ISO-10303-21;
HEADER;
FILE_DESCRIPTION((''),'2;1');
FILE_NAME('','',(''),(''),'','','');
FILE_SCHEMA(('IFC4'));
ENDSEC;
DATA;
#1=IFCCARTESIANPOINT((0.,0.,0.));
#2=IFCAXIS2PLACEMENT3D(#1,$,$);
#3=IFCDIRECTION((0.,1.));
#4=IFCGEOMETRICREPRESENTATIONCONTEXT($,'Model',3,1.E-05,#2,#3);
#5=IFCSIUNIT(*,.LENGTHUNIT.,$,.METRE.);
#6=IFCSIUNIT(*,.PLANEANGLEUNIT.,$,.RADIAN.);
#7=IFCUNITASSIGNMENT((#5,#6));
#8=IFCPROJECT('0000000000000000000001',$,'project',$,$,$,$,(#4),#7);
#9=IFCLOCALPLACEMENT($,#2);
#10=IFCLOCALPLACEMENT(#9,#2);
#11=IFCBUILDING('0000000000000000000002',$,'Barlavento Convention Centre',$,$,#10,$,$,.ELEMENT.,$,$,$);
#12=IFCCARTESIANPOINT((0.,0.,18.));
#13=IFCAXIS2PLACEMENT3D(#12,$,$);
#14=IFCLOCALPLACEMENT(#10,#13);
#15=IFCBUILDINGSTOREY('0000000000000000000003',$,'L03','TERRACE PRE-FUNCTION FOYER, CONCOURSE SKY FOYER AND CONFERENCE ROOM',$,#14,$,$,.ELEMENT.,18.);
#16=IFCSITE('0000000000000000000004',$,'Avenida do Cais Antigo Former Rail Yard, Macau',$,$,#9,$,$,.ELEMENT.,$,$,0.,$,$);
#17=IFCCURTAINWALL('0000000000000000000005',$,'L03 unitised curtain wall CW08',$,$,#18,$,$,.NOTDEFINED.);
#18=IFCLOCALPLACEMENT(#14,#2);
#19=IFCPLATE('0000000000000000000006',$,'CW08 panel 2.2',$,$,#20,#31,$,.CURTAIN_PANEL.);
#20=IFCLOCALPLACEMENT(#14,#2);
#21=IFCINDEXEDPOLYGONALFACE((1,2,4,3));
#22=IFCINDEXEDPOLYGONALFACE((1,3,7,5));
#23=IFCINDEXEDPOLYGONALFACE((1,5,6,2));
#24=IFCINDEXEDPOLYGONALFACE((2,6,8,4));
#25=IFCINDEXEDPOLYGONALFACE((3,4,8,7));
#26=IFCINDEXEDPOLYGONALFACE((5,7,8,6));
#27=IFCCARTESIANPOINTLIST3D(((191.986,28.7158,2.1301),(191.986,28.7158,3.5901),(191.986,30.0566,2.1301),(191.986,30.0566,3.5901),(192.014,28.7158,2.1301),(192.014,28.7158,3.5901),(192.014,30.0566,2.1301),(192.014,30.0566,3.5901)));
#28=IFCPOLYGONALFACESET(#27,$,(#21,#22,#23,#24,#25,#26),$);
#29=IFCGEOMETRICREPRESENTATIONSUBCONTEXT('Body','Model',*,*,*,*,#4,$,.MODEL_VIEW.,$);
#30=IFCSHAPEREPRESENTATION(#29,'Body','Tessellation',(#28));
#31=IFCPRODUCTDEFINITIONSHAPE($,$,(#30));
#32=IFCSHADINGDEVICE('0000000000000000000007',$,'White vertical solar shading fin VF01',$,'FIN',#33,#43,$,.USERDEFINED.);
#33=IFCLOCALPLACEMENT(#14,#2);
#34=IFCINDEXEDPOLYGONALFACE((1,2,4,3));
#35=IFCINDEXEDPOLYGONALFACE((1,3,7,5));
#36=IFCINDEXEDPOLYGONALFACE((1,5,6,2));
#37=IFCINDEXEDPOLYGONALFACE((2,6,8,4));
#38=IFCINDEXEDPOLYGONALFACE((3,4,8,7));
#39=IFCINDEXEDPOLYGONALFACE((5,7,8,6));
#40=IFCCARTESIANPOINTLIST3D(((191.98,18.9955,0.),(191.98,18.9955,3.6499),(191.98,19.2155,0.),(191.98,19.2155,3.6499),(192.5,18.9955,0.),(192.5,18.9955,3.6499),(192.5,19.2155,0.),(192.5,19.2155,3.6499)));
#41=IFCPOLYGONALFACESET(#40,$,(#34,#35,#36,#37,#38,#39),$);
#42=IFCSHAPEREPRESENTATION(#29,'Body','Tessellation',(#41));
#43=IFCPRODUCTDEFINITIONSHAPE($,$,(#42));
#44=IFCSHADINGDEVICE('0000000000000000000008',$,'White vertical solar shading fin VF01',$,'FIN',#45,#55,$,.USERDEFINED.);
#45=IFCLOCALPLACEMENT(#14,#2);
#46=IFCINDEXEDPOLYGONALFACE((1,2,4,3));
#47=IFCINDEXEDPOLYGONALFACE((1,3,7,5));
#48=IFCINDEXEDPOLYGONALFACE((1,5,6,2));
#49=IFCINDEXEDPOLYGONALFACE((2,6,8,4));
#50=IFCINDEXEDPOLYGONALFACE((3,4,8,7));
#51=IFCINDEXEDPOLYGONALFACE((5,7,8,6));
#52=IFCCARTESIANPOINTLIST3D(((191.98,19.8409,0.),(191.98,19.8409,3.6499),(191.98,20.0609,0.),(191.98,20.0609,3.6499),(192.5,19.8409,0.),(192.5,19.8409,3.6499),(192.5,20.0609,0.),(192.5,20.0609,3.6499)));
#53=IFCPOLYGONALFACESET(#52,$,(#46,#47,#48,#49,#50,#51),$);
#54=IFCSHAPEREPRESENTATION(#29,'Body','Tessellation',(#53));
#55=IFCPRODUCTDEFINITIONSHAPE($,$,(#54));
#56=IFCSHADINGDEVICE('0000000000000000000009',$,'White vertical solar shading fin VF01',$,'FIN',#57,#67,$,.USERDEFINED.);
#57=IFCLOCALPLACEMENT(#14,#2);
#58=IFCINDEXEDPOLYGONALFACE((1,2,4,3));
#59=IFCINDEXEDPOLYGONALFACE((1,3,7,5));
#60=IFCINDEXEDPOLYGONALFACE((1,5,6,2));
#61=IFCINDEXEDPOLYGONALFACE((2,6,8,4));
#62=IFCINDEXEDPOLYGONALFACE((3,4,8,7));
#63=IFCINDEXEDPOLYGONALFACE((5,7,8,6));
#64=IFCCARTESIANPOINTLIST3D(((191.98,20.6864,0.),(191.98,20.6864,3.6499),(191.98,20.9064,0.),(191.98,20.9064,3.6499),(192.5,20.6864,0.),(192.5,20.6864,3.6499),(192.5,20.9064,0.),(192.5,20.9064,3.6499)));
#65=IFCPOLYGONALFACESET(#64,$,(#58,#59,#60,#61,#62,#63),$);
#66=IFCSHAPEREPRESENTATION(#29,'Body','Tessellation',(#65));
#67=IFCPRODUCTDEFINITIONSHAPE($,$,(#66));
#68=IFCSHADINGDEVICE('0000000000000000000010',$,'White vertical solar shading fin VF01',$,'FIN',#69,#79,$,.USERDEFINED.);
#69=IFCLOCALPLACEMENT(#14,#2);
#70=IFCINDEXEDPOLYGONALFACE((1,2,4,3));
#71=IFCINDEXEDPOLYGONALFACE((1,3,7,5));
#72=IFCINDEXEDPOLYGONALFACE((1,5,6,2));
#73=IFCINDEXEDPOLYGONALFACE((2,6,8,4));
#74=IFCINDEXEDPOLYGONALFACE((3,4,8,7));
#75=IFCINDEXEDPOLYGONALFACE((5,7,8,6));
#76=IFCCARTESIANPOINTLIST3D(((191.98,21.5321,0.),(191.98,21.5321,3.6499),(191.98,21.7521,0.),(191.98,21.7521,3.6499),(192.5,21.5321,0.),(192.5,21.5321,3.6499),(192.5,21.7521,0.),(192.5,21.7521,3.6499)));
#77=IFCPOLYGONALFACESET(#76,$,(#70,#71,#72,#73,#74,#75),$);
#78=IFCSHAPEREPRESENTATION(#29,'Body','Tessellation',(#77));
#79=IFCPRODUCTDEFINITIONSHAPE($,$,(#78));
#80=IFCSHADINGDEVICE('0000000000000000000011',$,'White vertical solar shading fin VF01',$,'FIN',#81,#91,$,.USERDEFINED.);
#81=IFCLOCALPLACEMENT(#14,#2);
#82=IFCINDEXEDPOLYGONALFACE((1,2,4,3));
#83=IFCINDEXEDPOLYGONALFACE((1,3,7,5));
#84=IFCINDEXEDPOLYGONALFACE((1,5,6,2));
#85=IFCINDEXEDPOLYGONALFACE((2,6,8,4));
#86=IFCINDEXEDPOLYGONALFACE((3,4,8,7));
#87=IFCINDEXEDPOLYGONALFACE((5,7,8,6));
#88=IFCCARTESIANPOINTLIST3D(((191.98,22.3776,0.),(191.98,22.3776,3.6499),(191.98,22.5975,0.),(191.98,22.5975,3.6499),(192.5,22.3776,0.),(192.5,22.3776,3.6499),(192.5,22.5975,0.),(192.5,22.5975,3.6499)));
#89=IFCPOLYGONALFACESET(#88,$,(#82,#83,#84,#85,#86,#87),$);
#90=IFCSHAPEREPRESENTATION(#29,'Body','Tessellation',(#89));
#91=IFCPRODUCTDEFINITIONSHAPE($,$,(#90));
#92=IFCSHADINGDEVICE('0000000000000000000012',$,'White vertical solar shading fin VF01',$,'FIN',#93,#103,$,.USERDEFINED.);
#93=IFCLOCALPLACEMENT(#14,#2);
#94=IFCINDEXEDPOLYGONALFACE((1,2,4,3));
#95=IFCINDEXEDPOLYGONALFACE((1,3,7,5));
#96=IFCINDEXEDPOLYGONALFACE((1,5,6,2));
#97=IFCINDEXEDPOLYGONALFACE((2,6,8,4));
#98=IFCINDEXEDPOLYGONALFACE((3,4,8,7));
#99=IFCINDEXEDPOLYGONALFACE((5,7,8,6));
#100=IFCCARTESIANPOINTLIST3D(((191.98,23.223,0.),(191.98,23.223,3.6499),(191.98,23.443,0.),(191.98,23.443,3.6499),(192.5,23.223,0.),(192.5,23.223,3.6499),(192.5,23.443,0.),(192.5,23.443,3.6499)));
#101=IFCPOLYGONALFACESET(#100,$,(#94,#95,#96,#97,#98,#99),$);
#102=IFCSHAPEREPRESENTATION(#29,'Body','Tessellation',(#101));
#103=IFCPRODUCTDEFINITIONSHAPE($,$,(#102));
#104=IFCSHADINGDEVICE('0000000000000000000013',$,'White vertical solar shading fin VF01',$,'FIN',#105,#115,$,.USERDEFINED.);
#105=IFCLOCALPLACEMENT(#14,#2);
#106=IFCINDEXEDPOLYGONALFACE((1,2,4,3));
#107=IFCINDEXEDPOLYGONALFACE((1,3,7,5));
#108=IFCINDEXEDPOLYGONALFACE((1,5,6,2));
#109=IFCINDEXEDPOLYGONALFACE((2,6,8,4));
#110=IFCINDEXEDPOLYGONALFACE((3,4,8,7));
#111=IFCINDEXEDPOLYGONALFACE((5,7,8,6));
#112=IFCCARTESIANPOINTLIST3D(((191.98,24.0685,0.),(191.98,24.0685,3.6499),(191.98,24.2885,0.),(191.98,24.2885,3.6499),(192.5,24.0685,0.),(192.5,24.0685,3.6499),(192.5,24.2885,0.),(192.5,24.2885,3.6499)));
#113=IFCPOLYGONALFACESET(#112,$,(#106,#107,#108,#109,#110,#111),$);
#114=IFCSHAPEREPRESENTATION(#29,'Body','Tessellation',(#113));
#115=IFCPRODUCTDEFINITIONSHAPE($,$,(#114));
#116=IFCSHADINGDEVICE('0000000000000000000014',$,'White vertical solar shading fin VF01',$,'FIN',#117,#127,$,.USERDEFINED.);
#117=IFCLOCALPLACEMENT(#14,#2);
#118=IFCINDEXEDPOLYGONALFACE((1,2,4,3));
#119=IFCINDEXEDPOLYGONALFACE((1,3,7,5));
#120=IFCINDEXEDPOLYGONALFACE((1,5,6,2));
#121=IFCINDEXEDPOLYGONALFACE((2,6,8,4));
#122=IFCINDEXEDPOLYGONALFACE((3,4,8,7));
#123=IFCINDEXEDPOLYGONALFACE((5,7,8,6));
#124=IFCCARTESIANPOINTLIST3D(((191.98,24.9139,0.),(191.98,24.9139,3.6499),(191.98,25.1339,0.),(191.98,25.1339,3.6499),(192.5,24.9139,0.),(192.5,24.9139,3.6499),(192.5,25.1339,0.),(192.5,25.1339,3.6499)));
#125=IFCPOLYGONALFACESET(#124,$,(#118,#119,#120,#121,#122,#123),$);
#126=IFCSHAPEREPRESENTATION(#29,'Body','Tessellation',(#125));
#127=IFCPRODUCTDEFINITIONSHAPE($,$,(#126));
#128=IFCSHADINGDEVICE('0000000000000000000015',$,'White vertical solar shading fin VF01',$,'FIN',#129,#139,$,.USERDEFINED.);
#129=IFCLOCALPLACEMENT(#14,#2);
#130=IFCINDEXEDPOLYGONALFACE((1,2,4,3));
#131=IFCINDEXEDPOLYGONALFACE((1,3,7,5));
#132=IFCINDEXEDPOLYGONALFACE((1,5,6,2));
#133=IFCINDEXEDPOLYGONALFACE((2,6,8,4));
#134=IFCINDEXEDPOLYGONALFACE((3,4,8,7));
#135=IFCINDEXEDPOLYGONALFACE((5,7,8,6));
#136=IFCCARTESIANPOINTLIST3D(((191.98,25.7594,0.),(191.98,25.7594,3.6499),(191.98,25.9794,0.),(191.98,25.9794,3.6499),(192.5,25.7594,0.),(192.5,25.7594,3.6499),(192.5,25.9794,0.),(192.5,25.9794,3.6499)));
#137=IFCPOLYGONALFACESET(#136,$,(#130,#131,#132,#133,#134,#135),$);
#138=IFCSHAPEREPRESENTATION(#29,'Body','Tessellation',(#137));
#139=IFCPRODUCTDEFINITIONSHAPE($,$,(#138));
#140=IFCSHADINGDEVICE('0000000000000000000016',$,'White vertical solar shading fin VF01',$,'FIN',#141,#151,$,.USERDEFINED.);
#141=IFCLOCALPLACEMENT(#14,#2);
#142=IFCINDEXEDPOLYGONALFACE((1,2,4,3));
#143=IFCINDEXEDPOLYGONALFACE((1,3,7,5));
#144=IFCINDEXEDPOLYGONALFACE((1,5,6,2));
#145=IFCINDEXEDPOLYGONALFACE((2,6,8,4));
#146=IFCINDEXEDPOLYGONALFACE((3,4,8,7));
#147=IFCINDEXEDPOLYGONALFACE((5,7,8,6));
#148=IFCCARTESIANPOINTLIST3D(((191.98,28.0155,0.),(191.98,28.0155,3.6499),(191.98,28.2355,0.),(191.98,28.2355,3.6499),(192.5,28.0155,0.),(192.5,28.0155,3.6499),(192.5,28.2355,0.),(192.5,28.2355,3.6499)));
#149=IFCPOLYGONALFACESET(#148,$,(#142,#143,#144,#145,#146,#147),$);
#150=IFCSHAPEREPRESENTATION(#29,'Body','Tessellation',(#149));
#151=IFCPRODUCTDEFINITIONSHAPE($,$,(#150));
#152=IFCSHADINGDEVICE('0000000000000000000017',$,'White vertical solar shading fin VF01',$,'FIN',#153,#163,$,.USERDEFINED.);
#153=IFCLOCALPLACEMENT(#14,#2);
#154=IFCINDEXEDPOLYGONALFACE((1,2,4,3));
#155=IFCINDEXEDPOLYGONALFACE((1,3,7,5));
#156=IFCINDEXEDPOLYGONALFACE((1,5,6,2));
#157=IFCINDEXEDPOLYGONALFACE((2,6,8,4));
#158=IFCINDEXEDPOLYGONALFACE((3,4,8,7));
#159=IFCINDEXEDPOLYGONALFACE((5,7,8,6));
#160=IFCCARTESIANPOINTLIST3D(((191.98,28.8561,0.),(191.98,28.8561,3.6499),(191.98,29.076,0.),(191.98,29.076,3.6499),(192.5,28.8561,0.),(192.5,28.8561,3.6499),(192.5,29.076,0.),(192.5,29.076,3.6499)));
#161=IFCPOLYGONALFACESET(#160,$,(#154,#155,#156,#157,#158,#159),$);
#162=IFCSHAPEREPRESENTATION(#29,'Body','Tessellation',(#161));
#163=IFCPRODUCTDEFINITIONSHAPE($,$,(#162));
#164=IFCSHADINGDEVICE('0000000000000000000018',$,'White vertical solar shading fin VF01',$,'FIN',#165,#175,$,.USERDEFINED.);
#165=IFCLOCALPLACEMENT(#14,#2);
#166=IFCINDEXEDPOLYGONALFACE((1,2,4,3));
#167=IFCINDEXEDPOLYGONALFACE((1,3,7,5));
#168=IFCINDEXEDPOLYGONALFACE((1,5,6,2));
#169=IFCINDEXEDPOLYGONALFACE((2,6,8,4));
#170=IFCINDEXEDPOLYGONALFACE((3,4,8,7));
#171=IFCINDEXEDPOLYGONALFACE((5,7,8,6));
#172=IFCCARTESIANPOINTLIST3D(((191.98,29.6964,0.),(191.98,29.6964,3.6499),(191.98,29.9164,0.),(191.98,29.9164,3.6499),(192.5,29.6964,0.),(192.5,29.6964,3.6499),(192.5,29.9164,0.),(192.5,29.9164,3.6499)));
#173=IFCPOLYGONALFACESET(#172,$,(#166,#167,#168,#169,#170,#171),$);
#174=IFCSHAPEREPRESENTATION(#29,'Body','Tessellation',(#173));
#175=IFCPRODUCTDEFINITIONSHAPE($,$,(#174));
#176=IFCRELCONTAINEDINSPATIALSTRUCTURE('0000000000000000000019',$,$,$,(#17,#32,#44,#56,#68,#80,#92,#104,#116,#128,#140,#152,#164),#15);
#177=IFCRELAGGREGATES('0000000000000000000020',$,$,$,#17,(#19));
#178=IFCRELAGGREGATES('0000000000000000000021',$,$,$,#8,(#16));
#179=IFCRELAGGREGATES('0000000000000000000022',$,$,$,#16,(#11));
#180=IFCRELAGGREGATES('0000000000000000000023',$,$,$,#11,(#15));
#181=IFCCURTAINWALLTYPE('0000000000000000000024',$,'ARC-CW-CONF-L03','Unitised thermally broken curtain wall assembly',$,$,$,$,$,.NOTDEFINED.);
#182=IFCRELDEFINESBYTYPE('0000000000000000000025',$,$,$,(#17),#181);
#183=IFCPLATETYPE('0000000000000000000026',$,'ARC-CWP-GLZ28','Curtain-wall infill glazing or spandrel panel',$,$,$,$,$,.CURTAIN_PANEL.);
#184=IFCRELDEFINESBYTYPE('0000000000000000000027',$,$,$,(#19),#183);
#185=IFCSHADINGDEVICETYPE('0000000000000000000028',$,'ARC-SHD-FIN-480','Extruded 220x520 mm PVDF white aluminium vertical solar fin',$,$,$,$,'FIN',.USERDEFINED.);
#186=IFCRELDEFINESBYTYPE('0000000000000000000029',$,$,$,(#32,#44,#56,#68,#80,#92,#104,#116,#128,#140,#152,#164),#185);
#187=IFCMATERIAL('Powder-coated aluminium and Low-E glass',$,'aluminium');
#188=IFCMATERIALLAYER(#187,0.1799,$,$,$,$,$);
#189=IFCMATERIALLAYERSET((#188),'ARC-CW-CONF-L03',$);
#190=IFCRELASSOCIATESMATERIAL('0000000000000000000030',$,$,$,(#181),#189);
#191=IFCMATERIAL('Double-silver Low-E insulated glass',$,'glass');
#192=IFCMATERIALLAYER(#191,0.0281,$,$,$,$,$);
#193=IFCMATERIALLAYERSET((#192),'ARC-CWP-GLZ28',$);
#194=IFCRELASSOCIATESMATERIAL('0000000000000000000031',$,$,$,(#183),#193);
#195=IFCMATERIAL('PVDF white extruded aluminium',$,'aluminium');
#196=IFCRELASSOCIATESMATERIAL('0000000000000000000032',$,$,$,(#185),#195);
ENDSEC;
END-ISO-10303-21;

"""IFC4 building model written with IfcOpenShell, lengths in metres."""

from ifc_helpers import new_model, si_unit, direction, frame, origin, origin_2d, place, context, subcontext, project, spatial, rectangle, extrude, material, layer, layer_set, type_object, element, aggregate, save


model = new_model("IFC4")

# Units and contexts
model_context = context("Model", 3, precision=1e-05, world=origin(), true_north=direction((0.0, 1.0)))
body_context = subcontext(model_context, "Body", "Model", "MODEL_VIEW")
ifc_project = project(units=[si_unit("LENGTHUNIT", "METRE"), si_unit("PLANEANGLEUNIT", "RADIAN")], contexts=[model_context])

# Site, building, storey
site_placement = place(None, origin())
site = spatial("IfcSite", under=ifc_project, at=site_placement, Name="Avenida do Cais Antigo Former Rail Yard, Macau", CompositionType="ELEMENT", RefElevation=0.0)
building_placement = place(site_placement, origin())
building = spatial("IfcBuilding", under=site, at=building_placement, Name="Barlavento Convention Centre", CompositionType="ELEMENT")
storey_placement = place(building_placement, frame((0.0, 0.0, 18.0)))
storey = spatial("IfcBuildingStorey", under=building, at=storey_placement, Name="L03", Description="TERRACE PRE-FUNCTION FOYER, CONCOURSE SKY FOYER AND CONFERENCE ROOM", CompositionType="ELEMENT", Elevation=18.0)

# Shared definitions
ifc_material_1 = material(Name="Powder-coated aluminium and Low-E glass", Category="aluminium")
ifc_layer_1 = layer(ifc_material_1, 0.1799)
ifc_layer_set_1 = layer_set([ifc_layer_1], Name="ARC-CW-CONF-L03")
curtain_wall_type = type_object("IfcCurtainWallType", Name="ARC-CW-CONF-L03", Description="Unitised thermally broken curtain wall assembly", PredefinedType="NOTDEFINED", material=ifc_layer_set_1)

# Curtain wall
curtain_wall_1_placement = place(storey_placement, origin())
curtain_wall_1 = element("IfcCurtainWall", 1, at=curtain_wall_1_placement, inside=storey, type_object=curtain_wall_type, Name="L03 unitised curtain wall CW08", PredefinedType="NOTDEFINED")

# Plate
ifc_material_2 = material(Name="Double-silver Low-E insulated glass", Category="glass")
ifc_layer_2 = layer(ifc_material_2, 0.0281)
ifc_layer_set_2 = layer_set([ifc_layer_2], Name="ARC-CWP-GLZ28")
plate_type = type_object("IfcPlateType", Name="ARC-CWP-GLZ28", Description="Curtain-wall infill glazing or spandrel panel", PredefinedType="CURTAIN_PANEL", material=ifc_layer_set_2)
plate_1_placement = place(storey_placement, frame((192.0, 29.3862, 2.1301), z_axis=(0.0, 0.0, 1.0), x_axis=(0.0, 1.0, 0.0)))
plate_1 = element("IfcPlate", 2, at=plate_1_placement, type_object=plate_type, Name="CW08 panel 2.2", PredefinedType="CURTAIN_PANEL", context=body_context, shape_type="SweptSolid", body=[
    extrude(rectangle(XDim=1.3408, YDim=0.0281, at=origin_2d()), origin(), (0.0, 0.0, 1.0), 1.46),
])
aggregate(curtain_wall_1, [plate_1])

# Shading devices
ifc_material_3 = material(Name="PVDF white extruded aluminium", Category="aluminium")
shading_device_type = type_object("IfcShadingDeviceType", Name="ARC-SHD-FIN-480", Description="Extruded 220x520 mm PVDF white aluminium vertical solar fin", ElementType="FIN", PredefinedType="USERDEFINED", material=ifc_material_3)
for number, where, z_axis, x_axis, name in (
    (3, (192.24, 19.1055, 0.0), (0.0, 0.0, 1.0), (0.0, 1.0, 0.0), "White vertical solar shading fin VF01"),
    (4, (192.24, 19.9509, 0.0), (0.0, 0.0, 1.0), (0.0, 1.0, 0.0), "White vertical solar shading fin VF01"),
    (5, (192.24, 20.7964, 0.0), (0.0, 0.0, 1.0), (0.0, 1.0, 0.0), "White vertical solar shading fin VF01"),
    (6, (192.24, 21.6421, 0.0), (0.0, 0.0, 1.0), (0.0, 1.0, 0.0), "White vertical solar shading fin VF01"),
    (7, (192.24, 22.4875, 0.0), (0.0, 0.0, 1.0), (0.0, 1.0, 0.0), "White vertical solar shading fin VF01"),
    (8, (192.24, 23.333, 0.0), (0.0, 0.0, 1.0), (0.0, 1.0, 0.0), "White vertical solar shading fin VF01"),
    (9, (192.24, 24.1785, 0.0), (0.0, 0.0, 1.0), (0.0, 1.0, 0.0), "White vertical solar shading fin VF01"),
    (10, (192.24, 25.0239, 0.0), (0.0, 0.0, 1.0), (0.0, 1.0, 0.0), "White vertical solar shading fin VF01"),
    (11, (192.24, 25.8694, 0.0), (0.0, 0.0, 1.0), (0.0, 1.0, 0.0), "White vertical solar shading fin VF01"),
    (12, (192.24, 28.1255, 0.0), (0.0, 0.0, 1.0), (0.0, 1.0, 0.0), "White vertical solar shading fin VF01"),
    (13, (192.24, 28.9661, 0.0), (0.0, 0.0, 1.0), (0.0, 1.0, 0.0), "White vertical solar shading fin VF01"),
    (14, (192.24, 29.8064, 0.0), (0.0, 0.0, 1.0), (0.0, 1.0, 0.0), "White vertical solar shading fin VF01"),
):
    element("IfcShadingDevice", number, at=place(storey_placement, frame(where, z_axis=z_axis, x_axis=x_axis)), inside=storey, type_object=shading_device_type, Name=name, ObjectType="FIN", PredefinedType="USERDEFINED", context=body_context, shape_type="SweptSolid", body=[
        extrude(rectangle(XDim=0.22, YDim=0.52, at=origin_2d()), origin(), (0.0, 0.0, 1.0), 3.6499),
    ])

save(model, "model.ifc")
